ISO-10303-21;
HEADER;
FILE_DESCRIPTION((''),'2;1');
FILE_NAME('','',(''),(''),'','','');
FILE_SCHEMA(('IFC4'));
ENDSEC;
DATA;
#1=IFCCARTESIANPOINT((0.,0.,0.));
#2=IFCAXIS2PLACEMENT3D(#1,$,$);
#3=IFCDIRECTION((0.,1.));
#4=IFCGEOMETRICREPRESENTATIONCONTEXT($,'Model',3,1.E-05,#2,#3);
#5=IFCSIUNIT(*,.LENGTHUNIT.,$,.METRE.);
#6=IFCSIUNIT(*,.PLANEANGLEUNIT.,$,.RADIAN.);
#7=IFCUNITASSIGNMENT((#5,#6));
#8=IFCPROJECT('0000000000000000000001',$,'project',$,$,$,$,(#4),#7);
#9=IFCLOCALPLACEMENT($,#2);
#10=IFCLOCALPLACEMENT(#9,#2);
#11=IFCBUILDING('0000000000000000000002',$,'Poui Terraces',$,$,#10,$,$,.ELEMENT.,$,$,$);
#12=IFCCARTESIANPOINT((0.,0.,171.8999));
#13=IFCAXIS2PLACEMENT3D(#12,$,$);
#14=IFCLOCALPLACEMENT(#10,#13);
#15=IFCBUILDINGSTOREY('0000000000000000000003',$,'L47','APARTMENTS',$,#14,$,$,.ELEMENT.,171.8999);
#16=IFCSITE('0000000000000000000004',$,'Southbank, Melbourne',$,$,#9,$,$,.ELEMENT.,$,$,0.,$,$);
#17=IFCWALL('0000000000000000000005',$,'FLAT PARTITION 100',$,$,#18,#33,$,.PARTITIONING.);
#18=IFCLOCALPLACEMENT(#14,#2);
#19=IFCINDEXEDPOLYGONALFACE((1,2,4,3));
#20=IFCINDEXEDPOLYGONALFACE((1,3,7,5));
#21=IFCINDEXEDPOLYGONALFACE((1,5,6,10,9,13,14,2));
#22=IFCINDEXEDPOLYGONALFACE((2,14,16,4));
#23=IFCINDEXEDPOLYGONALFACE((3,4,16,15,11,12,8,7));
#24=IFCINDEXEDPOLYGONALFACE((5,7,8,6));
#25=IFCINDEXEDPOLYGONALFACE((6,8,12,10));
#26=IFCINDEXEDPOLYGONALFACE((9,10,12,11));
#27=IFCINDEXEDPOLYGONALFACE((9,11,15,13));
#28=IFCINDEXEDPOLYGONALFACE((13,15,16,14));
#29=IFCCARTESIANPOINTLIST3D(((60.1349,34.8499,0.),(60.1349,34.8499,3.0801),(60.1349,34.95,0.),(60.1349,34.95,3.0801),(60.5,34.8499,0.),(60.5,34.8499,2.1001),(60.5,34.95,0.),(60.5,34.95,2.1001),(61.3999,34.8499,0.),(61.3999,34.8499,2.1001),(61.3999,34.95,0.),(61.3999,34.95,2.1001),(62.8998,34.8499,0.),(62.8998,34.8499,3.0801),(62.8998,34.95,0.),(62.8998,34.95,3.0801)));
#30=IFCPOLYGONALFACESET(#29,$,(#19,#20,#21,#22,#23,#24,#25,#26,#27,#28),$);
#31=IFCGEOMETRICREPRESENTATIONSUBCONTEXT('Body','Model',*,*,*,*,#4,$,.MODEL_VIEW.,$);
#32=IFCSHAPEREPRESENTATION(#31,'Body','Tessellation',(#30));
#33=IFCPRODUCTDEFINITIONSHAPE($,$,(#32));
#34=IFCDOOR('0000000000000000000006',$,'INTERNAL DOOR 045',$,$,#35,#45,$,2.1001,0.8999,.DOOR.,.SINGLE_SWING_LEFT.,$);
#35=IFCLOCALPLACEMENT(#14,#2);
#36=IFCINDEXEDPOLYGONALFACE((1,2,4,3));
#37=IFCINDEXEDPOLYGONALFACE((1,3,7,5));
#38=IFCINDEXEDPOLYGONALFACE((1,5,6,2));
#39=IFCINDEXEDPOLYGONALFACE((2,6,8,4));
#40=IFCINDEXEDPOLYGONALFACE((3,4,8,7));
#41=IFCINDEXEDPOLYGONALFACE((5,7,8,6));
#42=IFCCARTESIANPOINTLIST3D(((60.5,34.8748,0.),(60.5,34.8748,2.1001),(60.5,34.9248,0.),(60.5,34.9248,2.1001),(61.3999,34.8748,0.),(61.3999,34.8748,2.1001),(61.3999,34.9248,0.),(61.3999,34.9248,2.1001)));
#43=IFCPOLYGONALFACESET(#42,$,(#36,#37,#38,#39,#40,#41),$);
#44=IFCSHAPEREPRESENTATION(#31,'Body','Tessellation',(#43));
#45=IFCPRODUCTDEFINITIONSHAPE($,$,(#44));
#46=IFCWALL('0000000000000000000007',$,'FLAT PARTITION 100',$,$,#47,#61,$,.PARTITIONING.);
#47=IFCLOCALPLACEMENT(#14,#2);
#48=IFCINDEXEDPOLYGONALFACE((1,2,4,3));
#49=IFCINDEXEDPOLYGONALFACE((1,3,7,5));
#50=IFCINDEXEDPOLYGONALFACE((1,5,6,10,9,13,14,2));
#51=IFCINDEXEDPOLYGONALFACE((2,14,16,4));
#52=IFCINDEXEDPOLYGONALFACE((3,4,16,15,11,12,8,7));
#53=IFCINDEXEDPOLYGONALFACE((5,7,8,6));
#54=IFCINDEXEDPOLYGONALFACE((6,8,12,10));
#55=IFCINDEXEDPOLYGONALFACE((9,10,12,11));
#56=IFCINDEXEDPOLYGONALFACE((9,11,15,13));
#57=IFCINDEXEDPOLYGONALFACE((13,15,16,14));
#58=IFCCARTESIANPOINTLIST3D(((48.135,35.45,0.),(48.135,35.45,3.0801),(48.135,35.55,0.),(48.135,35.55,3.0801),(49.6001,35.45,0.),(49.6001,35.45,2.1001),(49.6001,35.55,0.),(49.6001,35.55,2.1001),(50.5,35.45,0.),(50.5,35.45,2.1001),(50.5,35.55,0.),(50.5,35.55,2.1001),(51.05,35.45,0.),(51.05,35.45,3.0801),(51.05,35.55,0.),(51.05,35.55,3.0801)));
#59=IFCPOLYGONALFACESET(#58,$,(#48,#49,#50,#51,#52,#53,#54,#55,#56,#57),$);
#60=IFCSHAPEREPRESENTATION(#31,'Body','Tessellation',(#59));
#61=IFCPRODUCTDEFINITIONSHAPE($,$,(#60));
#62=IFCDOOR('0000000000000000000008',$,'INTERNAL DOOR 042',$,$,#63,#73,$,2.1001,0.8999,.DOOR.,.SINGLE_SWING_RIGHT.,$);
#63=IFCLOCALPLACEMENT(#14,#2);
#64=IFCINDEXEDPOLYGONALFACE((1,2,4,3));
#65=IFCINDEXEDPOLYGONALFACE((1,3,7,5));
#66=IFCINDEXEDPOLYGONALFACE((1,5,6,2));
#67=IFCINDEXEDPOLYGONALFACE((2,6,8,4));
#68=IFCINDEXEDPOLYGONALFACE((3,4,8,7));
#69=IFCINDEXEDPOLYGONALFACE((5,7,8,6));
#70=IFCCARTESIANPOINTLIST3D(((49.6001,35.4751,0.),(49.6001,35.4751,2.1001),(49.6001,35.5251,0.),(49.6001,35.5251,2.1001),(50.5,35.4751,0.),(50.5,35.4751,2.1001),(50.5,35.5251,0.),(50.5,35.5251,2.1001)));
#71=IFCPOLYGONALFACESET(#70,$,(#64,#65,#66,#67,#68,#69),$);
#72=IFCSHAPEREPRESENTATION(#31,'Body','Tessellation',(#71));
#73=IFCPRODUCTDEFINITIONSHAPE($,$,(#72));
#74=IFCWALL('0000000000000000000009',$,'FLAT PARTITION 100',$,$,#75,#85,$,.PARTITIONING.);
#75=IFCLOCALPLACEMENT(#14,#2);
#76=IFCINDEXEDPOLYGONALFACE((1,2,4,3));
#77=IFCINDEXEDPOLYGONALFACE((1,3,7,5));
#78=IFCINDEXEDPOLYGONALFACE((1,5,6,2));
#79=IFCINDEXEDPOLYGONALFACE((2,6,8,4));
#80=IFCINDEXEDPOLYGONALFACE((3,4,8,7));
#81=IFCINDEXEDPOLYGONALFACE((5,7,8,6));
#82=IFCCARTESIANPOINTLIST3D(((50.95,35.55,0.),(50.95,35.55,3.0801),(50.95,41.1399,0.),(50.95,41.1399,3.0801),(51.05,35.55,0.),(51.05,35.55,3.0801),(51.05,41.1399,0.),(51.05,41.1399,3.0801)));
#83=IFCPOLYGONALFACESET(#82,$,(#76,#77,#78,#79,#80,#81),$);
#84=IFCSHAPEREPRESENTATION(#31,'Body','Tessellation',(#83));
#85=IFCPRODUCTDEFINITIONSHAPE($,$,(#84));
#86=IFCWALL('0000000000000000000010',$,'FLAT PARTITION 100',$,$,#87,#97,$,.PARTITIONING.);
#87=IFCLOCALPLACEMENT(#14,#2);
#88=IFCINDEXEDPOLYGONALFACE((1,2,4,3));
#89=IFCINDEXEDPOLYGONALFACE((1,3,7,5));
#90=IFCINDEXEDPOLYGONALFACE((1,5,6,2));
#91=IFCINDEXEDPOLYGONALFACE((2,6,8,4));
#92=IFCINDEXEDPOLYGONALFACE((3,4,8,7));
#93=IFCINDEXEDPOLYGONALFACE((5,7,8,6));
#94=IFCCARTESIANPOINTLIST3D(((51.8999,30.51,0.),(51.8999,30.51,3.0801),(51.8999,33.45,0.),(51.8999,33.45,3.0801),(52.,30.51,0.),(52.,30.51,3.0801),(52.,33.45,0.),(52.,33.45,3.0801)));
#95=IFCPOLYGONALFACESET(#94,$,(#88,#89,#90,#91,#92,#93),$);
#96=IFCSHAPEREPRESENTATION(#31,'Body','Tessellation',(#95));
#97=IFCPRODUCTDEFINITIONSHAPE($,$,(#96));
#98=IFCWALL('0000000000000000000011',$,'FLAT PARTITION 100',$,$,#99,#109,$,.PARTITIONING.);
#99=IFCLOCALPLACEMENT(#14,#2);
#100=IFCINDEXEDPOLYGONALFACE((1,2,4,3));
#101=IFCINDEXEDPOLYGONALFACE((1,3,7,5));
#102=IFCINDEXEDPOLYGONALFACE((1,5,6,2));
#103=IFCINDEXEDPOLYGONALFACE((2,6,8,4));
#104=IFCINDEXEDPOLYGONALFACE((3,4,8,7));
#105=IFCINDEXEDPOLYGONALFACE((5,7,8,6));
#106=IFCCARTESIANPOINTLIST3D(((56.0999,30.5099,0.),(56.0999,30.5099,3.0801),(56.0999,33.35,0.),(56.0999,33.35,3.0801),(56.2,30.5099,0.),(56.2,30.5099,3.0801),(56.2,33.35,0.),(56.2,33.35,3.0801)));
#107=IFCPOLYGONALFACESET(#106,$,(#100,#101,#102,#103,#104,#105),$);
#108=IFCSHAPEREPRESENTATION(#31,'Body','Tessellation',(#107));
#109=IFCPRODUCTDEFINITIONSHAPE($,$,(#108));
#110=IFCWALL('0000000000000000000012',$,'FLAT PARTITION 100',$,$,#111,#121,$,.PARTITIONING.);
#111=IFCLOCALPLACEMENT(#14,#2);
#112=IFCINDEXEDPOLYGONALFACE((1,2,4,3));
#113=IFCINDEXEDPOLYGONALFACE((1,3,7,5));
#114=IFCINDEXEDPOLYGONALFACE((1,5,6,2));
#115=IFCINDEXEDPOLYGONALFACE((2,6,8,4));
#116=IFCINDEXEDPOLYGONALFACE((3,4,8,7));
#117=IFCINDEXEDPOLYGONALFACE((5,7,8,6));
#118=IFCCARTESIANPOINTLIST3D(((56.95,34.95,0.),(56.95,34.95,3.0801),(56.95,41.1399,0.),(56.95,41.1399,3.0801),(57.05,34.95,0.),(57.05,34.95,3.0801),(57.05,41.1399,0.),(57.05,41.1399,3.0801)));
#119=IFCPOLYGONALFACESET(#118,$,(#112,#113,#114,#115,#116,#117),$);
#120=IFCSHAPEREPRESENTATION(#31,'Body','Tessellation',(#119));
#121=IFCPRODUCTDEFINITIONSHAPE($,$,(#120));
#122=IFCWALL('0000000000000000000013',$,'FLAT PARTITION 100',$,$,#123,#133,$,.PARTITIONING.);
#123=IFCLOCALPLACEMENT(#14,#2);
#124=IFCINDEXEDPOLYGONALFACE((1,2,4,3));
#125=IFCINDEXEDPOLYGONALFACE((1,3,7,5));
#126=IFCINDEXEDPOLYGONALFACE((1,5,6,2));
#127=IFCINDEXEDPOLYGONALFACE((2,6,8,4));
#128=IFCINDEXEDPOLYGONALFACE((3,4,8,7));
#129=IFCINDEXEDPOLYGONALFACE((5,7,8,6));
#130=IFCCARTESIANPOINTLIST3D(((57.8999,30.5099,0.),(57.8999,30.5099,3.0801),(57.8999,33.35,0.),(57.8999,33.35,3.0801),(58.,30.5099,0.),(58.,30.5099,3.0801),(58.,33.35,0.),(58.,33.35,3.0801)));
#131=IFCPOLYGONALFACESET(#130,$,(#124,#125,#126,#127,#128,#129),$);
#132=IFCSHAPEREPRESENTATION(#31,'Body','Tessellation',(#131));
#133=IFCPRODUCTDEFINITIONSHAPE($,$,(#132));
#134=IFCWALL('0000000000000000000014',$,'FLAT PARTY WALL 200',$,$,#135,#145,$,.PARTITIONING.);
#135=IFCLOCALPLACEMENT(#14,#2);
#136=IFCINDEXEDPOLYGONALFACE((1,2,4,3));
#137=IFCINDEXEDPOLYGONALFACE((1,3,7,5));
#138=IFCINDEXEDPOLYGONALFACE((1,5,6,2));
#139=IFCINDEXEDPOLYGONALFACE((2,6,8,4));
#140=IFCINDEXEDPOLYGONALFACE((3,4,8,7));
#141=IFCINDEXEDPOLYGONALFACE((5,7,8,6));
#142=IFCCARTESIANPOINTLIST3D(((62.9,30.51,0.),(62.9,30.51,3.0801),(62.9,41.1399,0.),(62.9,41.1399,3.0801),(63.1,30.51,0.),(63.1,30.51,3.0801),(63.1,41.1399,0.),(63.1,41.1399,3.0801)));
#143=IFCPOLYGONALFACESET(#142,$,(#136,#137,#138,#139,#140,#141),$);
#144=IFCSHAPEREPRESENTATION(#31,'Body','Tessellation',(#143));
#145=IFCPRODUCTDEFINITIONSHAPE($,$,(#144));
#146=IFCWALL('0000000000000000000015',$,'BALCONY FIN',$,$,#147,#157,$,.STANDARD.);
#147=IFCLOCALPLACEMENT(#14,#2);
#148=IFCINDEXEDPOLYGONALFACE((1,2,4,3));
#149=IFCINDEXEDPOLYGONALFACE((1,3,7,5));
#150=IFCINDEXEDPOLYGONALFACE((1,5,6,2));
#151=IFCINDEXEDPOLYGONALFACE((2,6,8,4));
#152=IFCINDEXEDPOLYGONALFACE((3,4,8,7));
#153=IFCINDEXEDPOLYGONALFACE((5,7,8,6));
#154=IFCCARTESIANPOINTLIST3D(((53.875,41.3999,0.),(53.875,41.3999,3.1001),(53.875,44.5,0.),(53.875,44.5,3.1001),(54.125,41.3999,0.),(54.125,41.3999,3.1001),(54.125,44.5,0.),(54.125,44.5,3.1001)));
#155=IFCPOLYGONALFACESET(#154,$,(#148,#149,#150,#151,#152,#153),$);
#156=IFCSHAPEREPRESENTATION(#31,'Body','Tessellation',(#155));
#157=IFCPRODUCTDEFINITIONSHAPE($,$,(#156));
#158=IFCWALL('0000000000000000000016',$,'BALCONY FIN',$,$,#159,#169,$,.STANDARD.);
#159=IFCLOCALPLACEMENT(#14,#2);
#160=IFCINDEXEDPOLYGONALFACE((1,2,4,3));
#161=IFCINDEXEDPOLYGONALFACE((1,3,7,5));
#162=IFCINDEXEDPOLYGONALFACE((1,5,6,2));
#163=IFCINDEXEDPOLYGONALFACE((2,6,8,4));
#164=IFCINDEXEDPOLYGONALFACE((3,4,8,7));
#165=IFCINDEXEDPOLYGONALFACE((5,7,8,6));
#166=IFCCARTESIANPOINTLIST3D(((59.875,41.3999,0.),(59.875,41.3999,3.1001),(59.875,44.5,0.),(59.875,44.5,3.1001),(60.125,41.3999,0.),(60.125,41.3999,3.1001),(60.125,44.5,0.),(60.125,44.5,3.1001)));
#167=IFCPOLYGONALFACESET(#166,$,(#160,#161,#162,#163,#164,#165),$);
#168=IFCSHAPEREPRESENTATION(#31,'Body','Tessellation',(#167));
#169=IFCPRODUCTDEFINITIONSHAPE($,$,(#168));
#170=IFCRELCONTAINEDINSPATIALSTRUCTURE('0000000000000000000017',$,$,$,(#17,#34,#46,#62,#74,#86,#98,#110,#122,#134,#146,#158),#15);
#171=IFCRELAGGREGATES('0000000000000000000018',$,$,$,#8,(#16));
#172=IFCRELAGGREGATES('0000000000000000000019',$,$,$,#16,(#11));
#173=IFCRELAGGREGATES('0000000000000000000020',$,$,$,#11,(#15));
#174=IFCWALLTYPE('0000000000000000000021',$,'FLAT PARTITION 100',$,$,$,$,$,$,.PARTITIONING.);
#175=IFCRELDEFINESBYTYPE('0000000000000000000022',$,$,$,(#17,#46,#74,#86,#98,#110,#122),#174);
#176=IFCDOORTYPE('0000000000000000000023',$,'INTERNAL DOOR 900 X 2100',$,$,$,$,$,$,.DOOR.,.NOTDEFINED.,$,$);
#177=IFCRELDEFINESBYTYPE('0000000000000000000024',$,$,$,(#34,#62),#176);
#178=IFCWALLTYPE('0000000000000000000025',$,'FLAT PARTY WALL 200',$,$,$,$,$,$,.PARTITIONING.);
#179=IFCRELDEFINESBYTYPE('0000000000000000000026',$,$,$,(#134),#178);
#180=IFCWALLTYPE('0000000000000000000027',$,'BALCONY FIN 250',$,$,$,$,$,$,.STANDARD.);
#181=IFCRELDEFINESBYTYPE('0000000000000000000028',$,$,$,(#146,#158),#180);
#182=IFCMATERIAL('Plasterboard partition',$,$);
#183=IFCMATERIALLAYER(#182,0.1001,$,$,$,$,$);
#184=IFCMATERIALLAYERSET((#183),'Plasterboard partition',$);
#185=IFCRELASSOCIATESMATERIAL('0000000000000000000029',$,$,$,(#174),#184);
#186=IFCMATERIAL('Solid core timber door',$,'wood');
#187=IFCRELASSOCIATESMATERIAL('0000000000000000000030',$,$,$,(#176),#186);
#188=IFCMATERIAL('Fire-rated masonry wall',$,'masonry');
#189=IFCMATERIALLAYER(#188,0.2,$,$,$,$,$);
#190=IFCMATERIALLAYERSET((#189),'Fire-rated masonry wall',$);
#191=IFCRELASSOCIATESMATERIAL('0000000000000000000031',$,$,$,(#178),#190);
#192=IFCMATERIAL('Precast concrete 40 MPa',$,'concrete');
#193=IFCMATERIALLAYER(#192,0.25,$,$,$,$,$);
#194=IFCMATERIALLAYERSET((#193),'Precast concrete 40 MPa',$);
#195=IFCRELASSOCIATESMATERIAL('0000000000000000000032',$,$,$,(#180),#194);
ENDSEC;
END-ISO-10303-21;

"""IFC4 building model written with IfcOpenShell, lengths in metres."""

from ifc_helpers import new_model, si_unit, direction, frame, frame_2d, origin, place, context, subcontext, project, spatial, polyline, rectangle, outline, extrude, source, transform, mapped, material, layer, layer_set, type_object, element, fill, save


model = new_model("IFC4")

# Units and contexts
model_context = context("Model", 3, precision=1e-05, world=origin(), true_north=direction((0.0, 1.0)))
body_context = subcontext(model_context, "Body", "Model", "MODEL_VIEW")
ifc_project = project(units=[si_unit("LENGTHUNIT", "METRE"), si_unit("PLANEANGLEUNIT", "RADIAN")], contexts=[model_context])

# Site, building, storey
site_placement = place(None, origin())
site = spatial("IfcSite", under=ifc_project, at=site_placement, Name="Southbank, Melbourne", CompositionType="ELEMENT", RefElevation=0.0)
building_placement = place(site_placement, origin())
building = spatial("IfcBuilding", under=site, at=building_placement, Name="Poui Terraces", CompositionType="ELEMENT")
storey_placement = place(building_placement, frame((0.0, 0.0, 171.8999)))
storey = spatial("IfcBuildingStorey", under=building, at=storey_placement, Name="L47", Description="APARTMENTS", CompositionType="ELEMENT", Elevation=171.8999)

# Walls, openings, doors
ifc_material_1 = material(Name="Plasterboard partition")
ifc_layer_1 = layer(ifc_material_1, 0.1001)
ifc_layer_set_1 = layer_set([ifc_layer_1], Name="Plasterboard partition")
wall_type_1 = type_object("IfcWallType", Name="FLAT PARTITION 100", PredefinedType="PARTITIONING", material=ifc_layer_set_1)
ifc_material_2 = material(Name="Solid core timber door", Category="wood")
door_type_1 = type_object("IfcDoorType", Name="INTERNAL DOOR 900 X 2100", OperationType="NOTDEFINED", PredefinedType="DOOR", material=ifc_material_2)
wall_1_placement = place(storey_placement, frame((60.135, 34.8999, 0.0), z_axis=(0.0, 0.0, 1.0), x_axis=(1.0, 0.0, 0.0)))
wall_1 = element("IfcWall", 1, at=wall_1_placement, inside=storey, type_object=wall_type_1, Name="FLAT PARTITION 100", PredefinedType="PARTITIONING", context=body_context, shape_type="SweptSolid", body=[
    extrude(rectangle(XDim=2.7649, YDim=0.1001, at=frame_2d((1.3823, 0.0))), origin(), (0.0, 0.0, 1.0), 3.0801),
])
opening_1_placement = place(wall_1_placement, frame((0.365, 0.0, 0.0)))
opening_1 = element("IfcOpeningElement", 2, at=opening_1_placement, cuts=wall_1, PredefinedType="OPENING", context=body_context, shape_type="SweptSolid", body=[
    extrude(rectangle(XDim=0.8999, YDim=2.1001, at=frame_2d((0.45, 1.05))), frame((0.0, 0.0601, 0.0), z_axis=(0.0, -1.0, 0.0), x_axis=(1.0, 0.0, 0.0)), (0.0, 0.0, 1.0), 0.1201),
])
door_1_placement = place(opening_1_placement, origin())
door_1 = element("IfcDoor", 3, at=door_1_placement, inside=storey, type_object=door_type_1, Name="INTERNAL DOOR 045", OperationType="SINGLE_SWING_LEFT", OverallHeight=2.1001, OverallWidth=0.8999, PredefinedType="DOOR", context=body_context, shape_type="SweptSolid", body=[
    extrude(rectangle(XDim=0.8999, YDim=2.1001, at=frame_2d((0.45, 1.05))), frame((0.0, 0.0249, 0.0), z_axis=(0.0, -1.0, 0.0), x_axis=(1.0, 0.0, 0.0)), (0.0, 0.0, 1.0), 0.05),
])
fill(opening_1, door_1)
wall_2_placement = place(storey_placement, frame((48.135, 35.5, 0.0), z_axis=(0.0, 0.0, 1.0), x_axis=(1.0, 0.0, 0.0)))
wall_2 = element("IfcWall", 4, at=wall_2_placement, inside=storey, type_object=wall_type_1, Name="FLAT PARTITION 100", PredefinedType="PARTITIONING", context=body_context, shape_type="SweptSolid", body=[
    extrude(rectangle(XDim=2.915, YDim=0.1001, at=frame_2d((1.4575, 0.0))), origin(), (0.0, 0.0, 1.0), 3.0801),
])
opening_2_placement = place(wall_2_placement, frame((1.4651, 0.0, 0.0)))
opening_2 = element("IfcOpeningElement", 5, at=opening_2_placement, cuts=wall_2, PredefinedType="OPENING", context=body_context, shape_type="SweptSolid", body=[
    extrude(rectangle(XDim=0.8999, YDim=2.1001, at=frame_2d((0.45, 1.05))), frame((0.0, 0.0601, 0.0), z_axis=(0.0, -1.0, 0.0), x_axis=(1.0, 0.0, 0.0)), (0.0, 0.0, 1.0), 0.1201),
])
door_2_placement = place(opening_2_placement, frame((0.8999, 0.0, 0.0), z_axis=(0.0, 0.0, 1.0), x_axis=(-1.0, 0.0, 0.0)))
door_2 = element("IfcDoor", 6, at=door_2_placement, inside=storey, type_object=door_type_1, Name="INTERNAL DOOR 042", OperationType="SINGLE_SWING_RIGHT", OverallHeight=2.1001, OverallWidth=0.8999, PredefinedType="DOOR", context=body_context, shape_type="SweptSolid", body=[
    extrude(rectangle(XDim=0.8999, YDim=2.1001, at=frame_2d((0.45, 1.05))), frame((0.0, 0.0249, 0.0), z_axis=(0.0, -1.0, 0.0), x_axis=(1.0, 0.0, 0.0)), (0.0, 0.0, 1.0), 0.05),
])
fill(opening_2, door_2)

# Walls
wall_3_placement = place(storey_placement, frame((51.0, 35.55, 0.0), z_axis=(0.0, 0.0, 1.0), x_axis=(0.0, 1.0, 0.0)))
element("IfcWall", 7, at=wall_3_placement, inside=storey, type_object=wall_type_1, Name="FLAT PARTITION 100", PredefinedType="PARTITIONING", context=body_context, shape_type="SweptSolid", body=[
    extrude(rectangle(XDim=5.5898, YDim=0.1001, at=frame_2d((2.7949, 0.0))), origin(), (0.0, 0.0, 1.0), 3.0801),
])
wall_4_placement = place(storey_placement, frame((51.95, 30.51, 0.0), z_axis=(0.0, 0.0, 1.0), x_axis=(0.0, 1.0, 0.0)))
element("IfcWall", 8, at=wall_4_placement, inside=storey, type_object=wall_type_1, Name="FLAT PARTITION 100", PredefinedType="PARTITIONING", context=body_context, shape_type="SweptSolid", body=[
    extrude(rectangle(XDim=2.9399, YDim=0.1001, at=frame_2d((1.47, 0.0))), origin(), (0.0, 0.0, 1.0), 3.0801),
])
wall_5_placement = place(storey_placement, frame((56.1499, 30.51, 0.0), z_axis=(0.0, 0.0, 1.0), x_axis=(0.0, 1.0, 0.0)))
element("IfcWall", 9, at=wall_5_placement, inside=storey, type_object=wall_type_1, Name="FLAT PARTITION 100", PredefinedType="PARTITIONING", context=body_context, shape_type="SweptSolid", body=[
    extrude(rectangle(XDim=2.8401, YDim=0.1001, at=frame_2d((1.4199, 0.0))), origin(), (0.0, 0.0, 1.0), 3.0801),
])
wall_6_placement = place(storey_placement, frame((57.0, 34.95, 0.0), z_axis=(0.0, 0.0, 1.0), x_axis=(0.0, 1.0, 0.0)))
element("IfcWall", 10, at=wall_6_placement, inside=storey, type_object=wall_type_1, Name="FLAT PARTITION 100", PredefinedType="PARTITIONING", context=body_context, shape_type="SweptSolid", body=[
    extrude(rectangle(XDim=6.1899, YDim=0.1001, at=frame_2d((3.095, 0.0))), origin(), (0.0, 0.0, 1.0), 3.0801),
])
wall_7_placement = place(storey_placement, frame((57.95, 30.51, 0.0), z_axis=(0.0, 0.0, 1.0), x_axis=(0.0, 1.0, 0.0)))
element("IfcWall", 11, at=wall_7_placement, inside=storey, type_object=wall_type_1, Name="FLAT PARTITION 100", PredefinedType="PARTITIONING", context=body_context, shape_type="SweptSolid", body=[
    extrude(rectangle(XDim=2.8401, YDim=0.1001, at=frame_2d((1.4199, 0.0))), origin(), (0.0, 0.0, 1.0), 3.0801),
])
ifc_material_3 = material(Name="Fire-rated masonry wall", Category="masonry")
ifc_layer_2 = layer(ifc_material_3, 0.2)
ifc_layer_set_2 = layer_set([ifc_layer_2], Name="Fire-rated masonry wall")
wall_type_2 = type_object("IfcWallType", Name="FLAT PARTY WALL 200", PredefinedType="PARTITIONING", material=ifc_layer_set_2)
wall_8_placement = place(storey_placement, frame((63.0, 30.51, 0.0), z_axis=(0.0, 0.0, 1.0), x_axis=(0.0, 1.0, 0.0)))
element("IfcWall", 12, at=wall_8_placement, inside=storey, type_object=wall_type_2, Name="FLAT PARTY WALL 200", PredefinedType="PARTITIONING", context=body_context, shape_type="SweptSolid", body=[
    extrude(rectangle(XDim=10.6299, YDim=0.2, at=frame_2d((5.3149, 0.0))), origin(), (0.0, 0.0, 1.0), 3.0801),
])
ifc_material_4 = material(Name="Precast concrete 40 MPa", Category="concrete")
ifc_layer_3 = layer(ifc_material_4, 0.25)
ifc_layer_set_3 = layer_set([ifc_layer_3], Name="Precast concrete 40 MPa")
wall_type_3 = type_object("IfcWallType", Name="BALCONY FIN 250", PredefinedType="STANDARD", material=ifc_layer_set_3)
shared_shape_1 = source(origin(), body_context, "Body", "SweptSolid", [
    extrude(outline(polyline([(0.0, 0.0), (0.25, 0.0), (0.25, 3.1001), (0.0, 3.1001), (0.0, 0.0)])), origin(), (0.0, 0.0, 1.0), 3.1001),
])
for number, where, name in (
    (13, (53.875, 41.3999, 0.0), "BALCONY FIN"),
    (14, (59.875, 41.3999, 0.0), "BALCONY FIN"),
):
    element("IfcWall", number, at=place(storey_placement, frame(where)), inside=storey, type_object=wall_type_3, Name=name, PredefinedType="STANDARD", context=body_context, shape_type="MappedRepresentation", body=[
        mapped(shared_shape_1, transform((0.0, 0.0, 0.0))),
    ])

save(model, "model.ifc")
